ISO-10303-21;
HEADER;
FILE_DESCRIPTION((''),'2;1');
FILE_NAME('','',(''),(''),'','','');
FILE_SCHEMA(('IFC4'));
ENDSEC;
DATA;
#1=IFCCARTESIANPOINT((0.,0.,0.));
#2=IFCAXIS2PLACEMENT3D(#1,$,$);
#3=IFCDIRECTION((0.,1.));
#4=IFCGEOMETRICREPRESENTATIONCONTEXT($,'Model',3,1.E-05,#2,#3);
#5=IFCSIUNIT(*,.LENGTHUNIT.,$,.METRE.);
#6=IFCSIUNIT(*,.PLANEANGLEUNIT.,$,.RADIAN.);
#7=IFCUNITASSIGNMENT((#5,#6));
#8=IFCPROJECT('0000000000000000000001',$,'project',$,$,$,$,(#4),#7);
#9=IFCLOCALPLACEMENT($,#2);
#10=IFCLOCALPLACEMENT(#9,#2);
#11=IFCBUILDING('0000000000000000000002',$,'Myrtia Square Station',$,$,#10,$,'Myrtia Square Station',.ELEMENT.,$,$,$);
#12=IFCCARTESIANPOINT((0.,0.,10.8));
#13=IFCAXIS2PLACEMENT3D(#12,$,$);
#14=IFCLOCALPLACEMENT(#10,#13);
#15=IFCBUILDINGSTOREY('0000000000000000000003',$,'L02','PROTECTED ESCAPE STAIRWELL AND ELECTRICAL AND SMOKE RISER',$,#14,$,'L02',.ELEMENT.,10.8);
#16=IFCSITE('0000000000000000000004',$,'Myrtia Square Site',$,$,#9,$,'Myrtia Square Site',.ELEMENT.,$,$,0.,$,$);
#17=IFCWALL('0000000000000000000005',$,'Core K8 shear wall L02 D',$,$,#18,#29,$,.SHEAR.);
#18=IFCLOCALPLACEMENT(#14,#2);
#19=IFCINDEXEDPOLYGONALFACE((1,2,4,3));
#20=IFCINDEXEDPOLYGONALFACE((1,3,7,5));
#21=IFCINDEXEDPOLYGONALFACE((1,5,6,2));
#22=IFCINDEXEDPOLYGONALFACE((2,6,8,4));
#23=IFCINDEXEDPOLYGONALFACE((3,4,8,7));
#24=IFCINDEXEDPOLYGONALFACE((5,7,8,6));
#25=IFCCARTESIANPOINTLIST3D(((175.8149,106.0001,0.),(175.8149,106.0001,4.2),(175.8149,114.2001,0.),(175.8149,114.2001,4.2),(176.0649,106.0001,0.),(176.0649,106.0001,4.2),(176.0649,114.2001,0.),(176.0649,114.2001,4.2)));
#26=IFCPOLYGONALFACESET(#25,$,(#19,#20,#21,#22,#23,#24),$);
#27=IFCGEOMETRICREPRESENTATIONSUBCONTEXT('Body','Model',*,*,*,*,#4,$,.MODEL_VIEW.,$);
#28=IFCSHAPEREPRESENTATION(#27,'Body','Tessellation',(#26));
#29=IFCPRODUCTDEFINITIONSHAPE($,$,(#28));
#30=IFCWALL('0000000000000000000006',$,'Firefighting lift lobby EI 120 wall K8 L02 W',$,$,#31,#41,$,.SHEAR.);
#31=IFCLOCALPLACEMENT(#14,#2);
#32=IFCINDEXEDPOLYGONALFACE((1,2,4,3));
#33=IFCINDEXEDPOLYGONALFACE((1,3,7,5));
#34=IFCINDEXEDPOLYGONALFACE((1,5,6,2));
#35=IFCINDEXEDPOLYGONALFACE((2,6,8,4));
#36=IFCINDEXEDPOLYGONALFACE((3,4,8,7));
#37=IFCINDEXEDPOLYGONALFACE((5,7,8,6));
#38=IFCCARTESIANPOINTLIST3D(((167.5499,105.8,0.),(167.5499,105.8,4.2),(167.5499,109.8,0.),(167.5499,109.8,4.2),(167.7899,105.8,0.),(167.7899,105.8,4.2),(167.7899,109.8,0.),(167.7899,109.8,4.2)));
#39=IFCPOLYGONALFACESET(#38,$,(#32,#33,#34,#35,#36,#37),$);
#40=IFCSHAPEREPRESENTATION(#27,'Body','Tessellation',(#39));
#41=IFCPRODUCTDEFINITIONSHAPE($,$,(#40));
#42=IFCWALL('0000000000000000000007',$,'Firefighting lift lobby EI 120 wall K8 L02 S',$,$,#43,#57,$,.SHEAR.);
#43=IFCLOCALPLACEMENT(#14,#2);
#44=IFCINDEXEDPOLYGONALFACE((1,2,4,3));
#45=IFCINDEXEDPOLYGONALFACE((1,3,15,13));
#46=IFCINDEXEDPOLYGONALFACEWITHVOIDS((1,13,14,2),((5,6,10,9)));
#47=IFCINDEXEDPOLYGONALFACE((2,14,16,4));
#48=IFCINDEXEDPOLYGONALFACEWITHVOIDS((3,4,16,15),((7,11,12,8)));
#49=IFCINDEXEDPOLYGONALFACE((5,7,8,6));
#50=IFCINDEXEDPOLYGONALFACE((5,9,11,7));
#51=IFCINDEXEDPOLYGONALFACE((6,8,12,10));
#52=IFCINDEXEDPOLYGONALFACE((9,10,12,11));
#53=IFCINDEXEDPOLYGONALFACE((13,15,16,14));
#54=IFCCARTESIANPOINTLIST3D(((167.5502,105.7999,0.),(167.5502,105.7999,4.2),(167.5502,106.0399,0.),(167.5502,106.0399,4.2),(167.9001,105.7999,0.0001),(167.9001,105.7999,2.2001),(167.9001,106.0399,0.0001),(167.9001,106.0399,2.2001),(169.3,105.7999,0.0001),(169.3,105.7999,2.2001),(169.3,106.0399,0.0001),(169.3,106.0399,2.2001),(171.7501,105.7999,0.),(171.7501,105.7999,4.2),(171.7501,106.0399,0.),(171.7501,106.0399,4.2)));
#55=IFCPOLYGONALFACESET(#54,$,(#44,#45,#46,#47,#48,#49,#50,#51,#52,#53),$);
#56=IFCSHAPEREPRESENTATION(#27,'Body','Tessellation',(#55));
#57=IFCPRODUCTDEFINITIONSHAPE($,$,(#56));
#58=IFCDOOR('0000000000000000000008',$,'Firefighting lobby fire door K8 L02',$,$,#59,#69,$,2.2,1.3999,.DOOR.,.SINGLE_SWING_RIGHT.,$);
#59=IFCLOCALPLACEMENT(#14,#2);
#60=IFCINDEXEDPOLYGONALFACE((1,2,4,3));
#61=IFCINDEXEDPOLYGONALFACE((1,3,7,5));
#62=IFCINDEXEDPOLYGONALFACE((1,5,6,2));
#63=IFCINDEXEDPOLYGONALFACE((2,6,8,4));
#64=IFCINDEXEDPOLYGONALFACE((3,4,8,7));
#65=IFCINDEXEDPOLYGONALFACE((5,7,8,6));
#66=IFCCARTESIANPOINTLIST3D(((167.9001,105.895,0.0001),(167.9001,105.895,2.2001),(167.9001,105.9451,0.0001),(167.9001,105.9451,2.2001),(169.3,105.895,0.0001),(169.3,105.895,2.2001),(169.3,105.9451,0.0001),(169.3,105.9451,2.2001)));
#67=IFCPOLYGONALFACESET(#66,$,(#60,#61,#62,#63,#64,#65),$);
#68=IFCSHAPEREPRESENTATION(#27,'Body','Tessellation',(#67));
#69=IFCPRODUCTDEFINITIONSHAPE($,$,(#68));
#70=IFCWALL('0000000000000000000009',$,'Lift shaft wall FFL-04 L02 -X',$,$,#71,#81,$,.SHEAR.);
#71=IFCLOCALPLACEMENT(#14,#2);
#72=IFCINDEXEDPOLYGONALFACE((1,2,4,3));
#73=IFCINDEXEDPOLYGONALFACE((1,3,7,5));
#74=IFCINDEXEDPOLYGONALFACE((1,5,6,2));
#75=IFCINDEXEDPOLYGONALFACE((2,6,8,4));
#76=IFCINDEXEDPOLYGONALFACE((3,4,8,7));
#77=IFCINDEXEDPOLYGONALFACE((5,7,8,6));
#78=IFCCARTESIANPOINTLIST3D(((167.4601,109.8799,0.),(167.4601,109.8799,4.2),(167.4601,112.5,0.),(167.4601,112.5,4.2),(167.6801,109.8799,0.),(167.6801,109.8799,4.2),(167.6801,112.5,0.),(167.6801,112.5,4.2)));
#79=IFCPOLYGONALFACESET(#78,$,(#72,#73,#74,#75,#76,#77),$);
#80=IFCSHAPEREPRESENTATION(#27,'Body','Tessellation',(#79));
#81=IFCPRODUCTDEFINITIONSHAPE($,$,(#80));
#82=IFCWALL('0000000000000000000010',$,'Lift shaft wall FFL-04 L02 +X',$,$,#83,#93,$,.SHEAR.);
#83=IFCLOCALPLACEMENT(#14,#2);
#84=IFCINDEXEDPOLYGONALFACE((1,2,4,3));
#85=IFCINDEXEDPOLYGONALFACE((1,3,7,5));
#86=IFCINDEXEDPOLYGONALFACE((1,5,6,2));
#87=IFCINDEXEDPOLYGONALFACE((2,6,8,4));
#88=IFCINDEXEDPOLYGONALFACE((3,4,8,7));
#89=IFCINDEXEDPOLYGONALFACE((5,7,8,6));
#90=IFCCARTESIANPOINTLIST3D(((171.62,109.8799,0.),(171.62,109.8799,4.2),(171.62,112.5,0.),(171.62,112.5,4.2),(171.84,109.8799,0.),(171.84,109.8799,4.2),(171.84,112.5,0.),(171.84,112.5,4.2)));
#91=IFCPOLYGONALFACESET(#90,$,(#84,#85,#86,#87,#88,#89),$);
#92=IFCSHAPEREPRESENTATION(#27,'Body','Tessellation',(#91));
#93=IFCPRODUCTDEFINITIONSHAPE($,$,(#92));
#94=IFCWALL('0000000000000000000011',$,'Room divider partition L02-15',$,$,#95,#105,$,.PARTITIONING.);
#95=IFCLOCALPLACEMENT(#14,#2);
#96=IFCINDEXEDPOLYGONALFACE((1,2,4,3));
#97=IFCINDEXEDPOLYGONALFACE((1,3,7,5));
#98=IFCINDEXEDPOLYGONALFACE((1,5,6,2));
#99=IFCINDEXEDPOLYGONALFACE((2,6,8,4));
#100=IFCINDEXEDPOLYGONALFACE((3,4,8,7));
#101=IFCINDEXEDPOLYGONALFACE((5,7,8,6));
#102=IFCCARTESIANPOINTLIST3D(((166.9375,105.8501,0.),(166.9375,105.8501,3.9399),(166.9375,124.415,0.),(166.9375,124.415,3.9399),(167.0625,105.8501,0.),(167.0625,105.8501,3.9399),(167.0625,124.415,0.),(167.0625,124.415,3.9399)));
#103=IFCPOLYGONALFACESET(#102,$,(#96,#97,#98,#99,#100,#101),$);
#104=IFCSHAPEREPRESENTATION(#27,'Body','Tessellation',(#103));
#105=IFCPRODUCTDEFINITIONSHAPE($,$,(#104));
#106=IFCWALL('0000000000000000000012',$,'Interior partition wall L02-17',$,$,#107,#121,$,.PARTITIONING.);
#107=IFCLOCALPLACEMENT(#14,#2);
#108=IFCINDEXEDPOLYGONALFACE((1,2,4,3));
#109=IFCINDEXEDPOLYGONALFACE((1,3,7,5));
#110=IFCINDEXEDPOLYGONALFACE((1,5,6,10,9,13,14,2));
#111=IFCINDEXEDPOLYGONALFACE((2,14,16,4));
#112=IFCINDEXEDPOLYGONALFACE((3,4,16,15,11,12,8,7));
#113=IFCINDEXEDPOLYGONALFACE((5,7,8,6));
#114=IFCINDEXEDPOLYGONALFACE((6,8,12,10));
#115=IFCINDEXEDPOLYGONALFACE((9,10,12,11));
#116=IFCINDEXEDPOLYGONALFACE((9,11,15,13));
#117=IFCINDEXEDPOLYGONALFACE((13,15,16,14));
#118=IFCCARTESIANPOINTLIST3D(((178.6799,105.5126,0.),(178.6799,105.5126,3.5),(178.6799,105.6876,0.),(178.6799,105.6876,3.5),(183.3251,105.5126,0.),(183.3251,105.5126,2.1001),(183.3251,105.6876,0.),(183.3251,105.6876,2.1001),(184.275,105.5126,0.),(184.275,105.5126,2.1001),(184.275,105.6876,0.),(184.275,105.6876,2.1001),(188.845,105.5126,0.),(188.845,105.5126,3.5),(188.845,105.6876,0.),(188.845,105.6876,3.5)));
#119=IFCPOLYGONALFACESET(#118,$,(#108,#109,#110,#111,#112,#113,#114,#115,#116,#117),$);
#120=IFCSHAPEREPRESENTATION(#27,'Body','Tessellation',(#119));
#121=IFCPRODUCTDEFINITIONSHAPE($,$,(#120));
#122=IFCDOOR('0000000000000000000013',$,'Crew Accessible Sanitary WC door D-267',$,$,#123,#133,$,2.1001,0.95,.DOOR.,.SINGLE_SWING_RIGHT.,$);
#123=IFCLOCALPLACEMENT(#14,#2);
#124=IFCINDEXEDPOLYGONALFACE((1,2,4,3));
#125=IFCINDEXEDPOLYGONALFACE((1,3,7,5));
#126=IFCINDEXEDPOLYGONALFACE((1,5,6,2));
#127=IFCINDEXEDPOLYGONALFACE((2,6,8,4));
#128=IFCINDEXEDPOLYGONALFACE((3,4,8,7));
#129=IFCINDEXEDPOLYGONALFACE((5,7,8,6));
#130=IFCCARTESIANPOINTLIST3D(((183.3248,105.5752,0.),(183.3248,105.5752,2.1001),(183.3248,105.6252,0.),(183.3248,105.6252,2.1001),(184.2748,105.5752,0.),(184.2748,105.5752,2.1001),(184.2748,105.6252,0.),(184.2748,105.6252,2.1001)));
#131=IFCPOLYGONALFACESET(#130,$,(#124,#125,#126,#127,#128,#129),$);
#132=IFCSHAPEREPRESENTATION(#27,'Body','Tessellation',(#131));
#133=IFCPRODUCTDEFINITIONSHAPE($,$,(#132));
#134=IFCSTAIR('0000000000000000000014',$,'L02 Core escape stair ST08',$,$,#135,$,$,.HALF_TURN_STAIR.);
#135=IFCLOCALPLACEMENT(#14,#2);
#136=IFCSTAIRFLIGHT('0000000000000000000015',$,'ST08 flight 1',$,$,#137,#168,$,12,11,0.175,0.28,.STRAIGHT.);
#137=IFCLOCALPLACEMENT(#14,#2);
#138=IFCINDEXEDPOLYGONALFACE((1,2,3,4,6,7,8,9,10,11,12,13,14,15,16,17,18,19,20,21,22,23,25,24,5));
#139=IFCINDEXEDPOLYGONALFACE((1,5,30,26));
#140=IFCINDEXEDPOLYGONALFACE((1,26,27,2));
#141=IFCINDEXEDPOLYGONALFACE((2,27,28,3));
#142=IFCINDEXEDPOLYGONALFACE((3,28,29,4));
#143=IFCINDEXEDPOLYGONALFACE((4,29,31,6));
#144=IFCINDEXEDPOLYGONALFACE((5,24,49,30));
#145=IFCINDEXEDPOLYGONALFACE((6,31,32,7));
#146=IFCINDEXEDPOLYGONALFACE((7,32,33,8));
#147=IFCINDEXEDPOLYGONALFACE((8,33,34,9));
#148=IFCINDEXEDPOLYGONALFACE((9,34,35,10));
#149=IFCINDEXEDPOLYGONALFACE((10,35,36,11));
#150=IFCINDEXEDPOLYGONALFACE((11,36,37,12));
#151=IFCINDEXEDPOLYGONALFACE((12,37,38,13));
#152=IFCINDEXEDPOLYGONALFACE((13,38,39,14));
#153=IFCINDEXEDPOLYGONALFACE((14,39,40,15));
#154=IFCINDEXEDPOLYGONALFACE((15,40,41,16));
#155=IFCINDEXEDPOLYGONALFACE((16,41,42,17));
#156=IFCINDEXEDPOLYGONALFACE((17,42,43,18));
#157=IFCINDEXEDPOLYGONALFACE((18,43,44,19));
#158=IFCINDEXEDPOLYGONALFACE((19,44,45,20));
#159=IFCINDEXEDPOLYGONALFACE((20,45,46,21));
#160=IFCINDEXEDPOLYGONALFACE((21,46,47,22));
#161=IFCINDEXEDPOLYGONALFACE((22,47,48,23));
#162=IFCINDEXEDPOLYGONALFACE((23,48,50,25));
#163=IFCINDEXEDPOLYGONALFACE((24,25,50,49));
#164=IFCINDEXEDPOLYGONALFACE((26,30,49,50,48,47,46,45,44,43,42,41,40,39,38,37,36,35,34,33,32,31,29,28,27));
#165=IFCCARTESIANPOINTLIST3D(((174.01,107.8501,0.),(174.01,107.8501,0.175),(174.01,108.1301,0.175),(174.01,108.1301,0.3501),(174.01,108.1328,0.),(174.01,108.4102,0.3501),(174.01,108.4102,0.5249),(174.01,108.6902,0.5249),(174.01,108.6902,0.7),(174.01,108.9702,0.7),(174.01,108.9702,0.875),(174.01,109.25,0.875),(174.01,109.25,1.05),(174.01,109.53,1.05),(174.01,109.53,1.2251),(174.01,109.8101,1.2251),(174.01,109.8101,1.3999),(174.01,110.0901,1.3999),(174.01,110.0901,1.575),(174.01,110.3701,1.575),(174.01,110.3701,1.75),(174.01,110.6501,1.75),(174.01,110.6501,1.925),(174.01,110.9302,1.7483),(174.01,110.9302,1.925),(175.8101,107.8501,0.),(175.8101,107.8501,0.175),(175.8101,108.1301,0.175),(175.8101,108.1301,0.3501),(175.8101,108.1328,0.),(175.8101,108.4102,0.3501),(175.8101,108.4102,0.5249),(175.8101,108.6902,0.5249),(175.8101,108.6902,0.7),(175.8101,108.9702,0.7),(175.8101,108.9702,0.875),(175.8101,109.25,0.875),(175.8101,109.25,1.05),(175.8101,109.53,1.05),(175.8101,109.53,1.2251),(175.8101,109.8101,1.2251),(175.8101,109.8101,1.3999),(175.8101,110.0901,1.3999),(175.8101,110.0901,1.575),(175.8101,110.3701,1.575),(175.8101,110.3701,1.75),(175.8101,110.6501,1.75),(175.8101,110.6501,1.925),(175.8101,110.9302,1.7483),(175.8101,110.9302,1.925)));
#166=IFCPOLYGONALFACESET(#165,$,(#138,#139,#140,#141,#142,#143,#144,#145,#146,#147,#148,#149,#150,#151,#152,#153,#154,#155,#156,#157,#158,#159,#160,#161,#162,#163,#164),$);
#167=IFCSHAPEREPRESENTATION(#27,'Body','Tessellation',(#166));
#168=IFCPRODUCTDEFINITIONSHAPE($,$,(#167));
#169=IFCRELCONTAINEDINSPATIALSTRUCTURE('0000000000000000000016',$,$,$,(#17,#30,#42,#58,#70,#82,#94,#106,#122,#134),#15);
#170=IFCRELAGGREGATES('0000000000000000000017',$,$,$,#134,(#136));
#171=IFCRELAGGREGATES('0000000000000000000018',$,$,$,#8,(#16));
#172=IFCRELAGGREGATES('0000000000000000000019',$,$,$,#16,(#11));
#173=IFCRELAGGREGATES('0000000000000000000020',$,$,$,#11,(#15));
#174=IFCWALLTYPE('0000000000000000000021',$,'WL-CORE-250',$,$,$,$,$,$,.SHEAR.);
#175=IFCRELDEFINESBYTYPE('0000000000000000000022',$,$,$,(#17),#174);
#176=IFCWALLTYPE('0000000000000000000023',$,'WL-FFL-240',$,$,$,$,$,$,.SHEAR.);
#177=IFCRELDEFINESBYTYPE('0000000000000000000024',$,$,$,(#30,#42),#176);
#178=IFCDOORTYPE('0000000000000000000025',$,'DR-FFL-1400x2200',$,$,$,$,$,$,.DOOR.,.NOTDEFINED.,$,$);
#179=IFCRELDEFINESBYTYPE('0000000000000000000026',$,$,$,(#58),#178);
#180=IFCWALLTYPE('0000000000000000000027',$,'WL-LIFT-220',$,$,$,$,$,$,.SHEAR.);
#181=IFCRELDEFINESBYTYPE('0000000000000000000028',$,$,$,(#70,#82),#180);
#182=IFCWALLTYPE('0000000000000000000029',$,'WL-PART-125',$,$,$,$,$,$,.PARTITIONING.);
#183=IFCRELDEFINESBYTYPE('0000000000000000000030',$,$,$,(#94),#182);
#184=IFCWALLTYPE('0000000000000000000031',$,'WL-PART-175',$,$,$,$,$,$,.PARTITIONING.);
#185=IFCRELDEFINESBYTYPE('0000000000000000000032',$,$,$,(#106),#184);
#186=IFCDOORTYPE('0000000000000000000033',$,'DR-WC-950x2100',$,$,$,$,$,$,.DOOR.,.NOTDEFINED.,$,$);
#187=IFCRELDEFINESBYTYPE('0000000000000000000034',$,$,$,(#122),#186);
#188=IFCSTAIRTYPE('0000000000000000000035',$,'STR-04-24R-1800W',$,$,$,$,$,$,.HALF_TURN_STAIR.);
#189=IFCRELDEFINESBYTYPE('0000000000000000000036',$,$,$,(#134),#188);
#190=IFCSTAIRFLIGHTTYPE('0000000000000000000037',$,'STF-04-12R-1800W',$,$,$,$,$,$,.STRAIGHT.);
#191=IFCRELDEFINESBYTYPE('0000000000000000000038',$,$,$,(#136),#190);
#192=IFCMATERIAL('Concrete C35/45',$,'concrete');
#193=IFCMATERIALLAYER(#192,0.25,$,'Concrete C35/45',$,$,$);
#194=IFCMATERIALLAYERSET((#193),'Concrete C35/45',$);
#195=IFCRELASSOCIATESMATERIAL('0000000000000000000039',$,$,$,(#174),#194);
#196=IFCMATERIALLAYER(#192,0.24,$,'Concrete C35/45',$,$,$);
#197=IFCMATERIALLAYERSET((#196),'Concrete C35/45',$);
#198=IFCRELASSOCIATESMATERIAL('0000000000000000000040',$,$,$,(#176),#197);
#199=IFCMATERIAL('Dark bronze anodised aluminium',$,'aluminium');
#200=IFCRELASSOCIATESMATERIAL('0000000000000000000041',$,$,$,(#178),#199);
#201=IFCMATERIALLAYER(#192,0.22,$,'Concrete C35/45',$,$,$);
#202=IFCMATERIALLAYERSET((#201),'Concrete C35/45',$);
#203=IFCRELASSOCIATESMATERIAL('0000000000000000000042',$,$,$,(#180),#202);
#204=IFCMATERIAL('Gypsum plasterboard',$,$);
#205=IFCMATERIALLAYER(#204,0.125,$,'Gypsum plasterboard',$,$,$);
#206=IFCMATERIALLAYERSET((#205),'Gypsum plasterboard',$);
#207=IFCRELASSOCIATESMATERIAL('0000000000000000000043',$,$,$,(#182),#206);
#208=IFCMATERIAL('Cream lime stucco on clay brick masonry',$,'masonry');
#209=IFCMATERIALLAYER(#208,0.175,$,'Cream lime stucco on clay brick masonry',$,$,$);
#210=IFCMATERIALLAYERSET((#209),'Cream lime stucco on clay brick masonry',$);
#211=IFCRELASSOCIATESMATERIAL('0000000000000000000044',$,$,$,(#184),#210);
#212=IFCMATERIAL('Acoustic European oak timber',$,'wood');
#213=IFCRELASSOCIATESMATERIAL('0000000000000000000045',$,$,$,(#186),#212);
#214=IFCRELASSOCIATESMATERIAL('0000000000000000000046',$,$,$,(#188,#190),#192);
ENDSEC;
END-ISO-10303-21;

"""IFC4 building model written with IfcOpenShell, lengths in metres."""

from ifc_helpers import new_model, si_unit, direction, frame, frame_2d, origin, place, context, subcontext, project, spatial, polyline, rectangle, outline, extrude, material, layer, layer_set, type_object, element, fill, aggregate, save


model = new_model("IFC4")

# Units and contexts
model_context = context("Model", 3, precision=1e-05, world=origin(), true_north=direction((0.0, 1.0)))
body_context = subcontext(model_context, "Body", "Model", "MODEL_VIEW")
ifc_project = project(units=[si_unit("LENGTHUNIT", "METRE"), si_unit("PLANEANGLEUNIT", "RADIAN")], contexts=[model_context])

# Site, building, storey
site_placement = place(None, origin())
site = spatial("IfcSite", under=ifc_project, at=site_placement, Name="Myrtia Square Site", LongName="Myrtia Square Site", CompositionType="ELEMENT", RefElevation=0.0)
building_placement = place(site_placement, origin())
building = spatial("IfcBuilding", under=site, at=building_placement, Name="Myrtia Square Station", LongName="Myrtia Square Station", CompositionType="ELEMENT")
storey_placement = place(building_placement, frame((0.0, 0.0, 10.8)))
storey = spatial("IfcBuildingStorey", under=building, at=storey_placement, Name="L02", Description="PROTECTED ESCAPE STAIRWELL AND ELECTRICAL AND SMOKE RISER", LongName="L02", CompositionType="ELEMENT", Elevation=10.8)

# Shared definitions
ifc_material_1 = material(Name="Concrete C35/45", Category="concrete")
ifc_layer_1 = layer(ifc_material_1, 0.25, Name="Concrete C35/45")
ifc_layer_set_1 = layer_set([ifc_layer_1], Name="Concrete C35/45")
wall_type_1 = type_object("IfcWallType", Name="WL-CORE-250", PredefinedType="SHEAR", material=ifc_layer_set_1)

# Shared definitions
ifc_material_2 = material(Name="Dark bronze anodised aluminium", Category="aluminium")

# Walls
wall_1_placement = place(storey_placement, frame((175.9399, 106.0, 0.0), z_axis=(0.0, 0.0, 1.0), x_axis=(0.0, 1.0, 0.0)))
element("IfcWall", 1, at=wall_1_placement, inside=storey, type_object=wall_type_1, Name="Core K8 shear wall L02 D", PredefinedType="SHEAR", context=body_context, shape_type="SweptSolid", body=[
    extrude(rectangle(XDim=8.2, YDim=0.25, at=frame_2d((4.1001, 0.0))), origin(), (0.0, 0.0, 1.0), 4.2),
])
ifc_layer_2 = layer(ifc_material_1, 0.24, Name="Concrete C35/45")
ifc_layer_set_2 = layer_set([ifc_layer_2], Name="Concrete C35/45")
wall_type_2 = type_object("IfcWallType", Name="WL-FFL-240", PredefinedType="SHEAR", material=ifc_layer_set_2)
wall_2_placement = place(storey_placement, frame((167.6699, 105.8, 0.0), z_axis=(0.0, 0.0, 1.0), x_axis=(0.0, 1.0, 0.0)))
element("IfcWall", 2, at=wall_2_placement, inside=storey, type_object=wall_type_2, Name="Firefighting lift lobby EI 120 wall K8 L02 W", PredefinedType="SHEAR", context=body_context, shape_type="SweptSolid", body=[
    extrude(rectangle(XDim=4.0, YDim=0.24, at=frame_2d((2.0, 0.0))), origin(), (0.0, 0.0, 1.0), 4.2),
])

# Wall, opening, door
wall_3_placement = place(storey_placement, frame((167.55, 105.9199, 0.0), z_axis=(0.0, 0.0, 1.0), x_axis=(1.0, 0.0, 0.0)))
wall_3 = element("IfcWall", 3, at=wall_3_placement, inside=storey, type_object=wall_type_2, Name="Firefighting lift lobby EI 120 wall K8 L02 S", PredefinedType="SHEAR", context=body_context, shape_type="SweptSolid", body=[
    extrude(rectangle(XDim=4.2, YDim=0.24, at=frame_2d((2.1001, 0.0))), origin(), (0.0, 0.0, 1.0), 4.2),
])
opening_1_placement = place(wall_3_placement, frame((0.3501, 0.0, 0.0)))
opening_1 = element("IfcOpeningElement", 4, at=opening_1_placement, cuts=wall_3, PredefinedType="OPENING", context=body_context, shape_type="SweptSolid", body=[
    extrude(rectangle(XDim=1.3999, YDim=2.2, at=frame_2d((0.7, 1.1001))), frame((0.0, 0.135, 0.0), z_axis=(0.0, -1.0, 0.0), x_axis=(1.0, 0.0, 0.0)), (0.0, 0.0, 1.0), 0.27),
])
door_type_1 = type_object("IfcDoorType", Name="DR-FFL-1400x2200", OperationType="NOTDEFINED", PredefinedType="DOOR", material=ifc_material_2)
door_1_placement = place(opening_1_placement, frame((1.3999, 0.0, 0.0), z_axis=(0.0, 0.0, 1.0), x_axis=(-1.0, 0.0, 0.0)))
door_1 = element("IfcDoor", 5, at=door_1_placement, inside=storey, type_object=door_type_1, Name="Firefighting lobby fire door K8 L02", OperationType="SINGLE_SWING_RIGHT", OverallHeight=2.2, OverallWidth=1.3999, PredefinedType="DOOR", context=body_context, shape_type="SweptSolid", body=[
    extrude(rectangle(XDim=1.3999, YDim=2.2, at=frame_2d((0.7, 1.1001))), frame((0.0, 0.0249, 0.0), z_axis=(0.0, -1.0, 0.0), x_axis=(1.0, 0.0, 0.0)), (0.0, 0.0, 1.0), 0.05),
])
fill(opening_1, door_1)
ifc_layer_3 = layer(ifc_material_1, 0.22, Name="Concrete C35/45")
ifc_layer_set_3 = layer_set([ifc_layer_3], Name="Concrete C35/45")
wall_type_3 = type_object("IfcWallType", Name="WL-LIFT-220", PredefinedType="SHEAR", material=ifc_layer_set_3)

# Walls
for number, where, z_axis, x_axis, name in (
    (6, (167.5701, 109.8799, 0.0), (0.0, 0.0, 1.0), (0.0, 1.0, 0.0), "Lift shaft wall FFL-04 L02 -X"),
    (7, (171.73, 109.8799, 0.0), (0.0, 0.0, 1.0), (0.0, 1.0, 0.0), "Lift shaft wall FFL-04 L02 +X"),
):
    element("IfcWall", number, at=place(storey_placement, frame(where, z_axis=z_axis, x_axis=x_axis)), inside=storey, type_object=wall_type_3, Name=name, PredefinedType="SHEAR", context=body_context, shape_type="SweptSolid", body=[
        extrude(rectangle(XDim=2.6201, YDim=0.22, at=frame_2d((1.3101, 0.0))), origin(), (0.0, 0.0, 1.0), 4.2),
    ])
ifc_material_3 = material(Name="Gypsum plasterboard")
ifc_layer_4 = layer(ifc_material_3, 0.125, Name="Gypsum plasterboard")
ifc_layer_set_4 = layer_set([ifc_layer_4], Name="Gypsum plasterboard")
wall_type_4 = type_object("IfcWallType", Name="WL-PART-125", PredefinedType="PARTITIONING", material=ifc_layer_set_4)
wall_4_placement = place(storey_placement, frame((167.0, 105.8501, 0.0), z_axis=(0.0, 0.0, 1.0), x_axis=(0.0, 1.0, 0.0)))
element("IfcWall", 8, at=wall_4_placement, inside=storey, type_object=wall_type_4, Name="Room divider partition L02-15", PredefinedType="PARTITIONING", context=body_context, shape_type="SweptSolid", body=[
    extrude(rectangle(XDim=18.5649, YDim=0.125, at=frame_2d((9.2825, 0.0))), origin(), (0.0, 0.0, 1.0), 3.9399),
])

# Wall, opening, door
ifc_material_4 = material(Name="Cream lime stucco on clay brick masonry", Category="masonry")
ifc_layer_5 = layer(ifc_material_4, 0.175, Name="Cream lime stucco on clay brick masonry")
ifc_layer_set_5 = layer_set([ifc_layer_5], Name="Cream lime stucco on clay brick masonry")
wall_type_5 = type_object("IfcWallType", Name="WL-PART-175", PredefinedType="PARTITIONING", material=ifc_layer_set_5)
wall_5_placement = place(storey_placement, frame((178.6799, 105.6001, 0.0), z_axis=(0.0, 0.0, 1.0), x_axis=(1.0, 0.0, 0.0)))
wall_5 = element("IfcWall", 9, at=wall_5_placement, inside=storey, type_object=wall_type_5, Name="Interior partition wall L02-17", PredefinedType="PARTITIONING", context=body_context, shape_type="SweptSolid", body=[
    extrude(rectangle(XDim=10.165, YDim=0.175, at=frame_2d((5.0825, 0.0))), origin(), (0.0, 0.0, 1.0), 3.5),
])
opening_2_placement = place(wall_5_placement, frame((4.645, 0.0, 0.0)))
opening_2 = element("IfcOpeningElement", 10, at=opening_2_placement, cuts=wall_5, PredefinedType="OPENING", context=body_context, shape_type="SweptSolid", body=[
    extrude(rectangle(XDim=0.95, YDim=2.1001, at=frame_2d((0.4751, 1.05))), frame((0.0, 0.1025, 0.0), z_axis=(0.0, -1.0, 0.0), x_axis=(1.0, 0.0, 0.0)), (0.0, 0.0, 1.0), 0.2051),
])
ifc_material_5 = material(Name="Acoustic European oak timber", Category="wood")
door_type_2 = type_object("IfcDoorType", Name="DR-WC-950x2100", OperationType="NOTDEFINED", PredefinedType="DOOR", material=ifc_material_5)
door_2_placement = place(opening_2_placement, frame((0.95, 0.0, 0.0), z_axis=(0.0, 0.0, 1.0), x_axis=(-1.0, 0.0, 0.0)))
door_2 = element("IfcDoor", 11, at=door_2_placement, inside=storey, type_object=door_type_2, Name="Crew Accessible Sanitary WC door D-267", OperationType="SINGLE_SWING_RIGHT", OverallHeight=2.1001, OverallWidth=0.95, PredefinedType="DOOR", context=body_context, shape_type="SweptSolid", body=[
    extrude(rectangle(XDim=0.95, YDim=2.1001, at=frame_2d((0.4751, 1.05))), frame((0.0, 0.0249, 0.0), z_axis=(0.0, -1.0, 0.0), x_axis=(1.0, 0.0, 0.0)), (0.0, 0.0, 1.0), 0.05),
])
fill(opening_2, door_2)

# Stair, stair flight
stair_type = type_object("IfcStairType", Name="STR-04-24R-1800W", PredefinedType="HALF_TURN_STAIR", material=ifc_material_1)
stair_placement = place(storey_placement, origin())
stair = element("IfcStair", 12, at=stair_placement, inside=storey, type_object=stair_type, Name="L02 Core escape stair ST08", PredefinedType="HALF_TURN_STAIR")
stair_flight_type = type_object("IfcStairFlightType", Name="STF-04-12R-1800W", PredefinedType="STRAIGHT", material=ifc_material_1)
stair_flight_1_placement = place(storey_placement, frame((174.9099, 107.8501, 0.0), z_axis=(0.0, 0.0, 1.0), x_axis=(0.0, 1.0, 0.0)))
stair_flight_1 = element("IfcStairFlight", 13, at=stair_flight_1_placement, type_object=stair_flight_type, Name="ST08 flight 1", NumberOfRisers=12, NumberOfTreads=11, PredefinedType="STRAIGHT", RiserHeight=0.175, TreadLength=0.28, context=body_context, shape_type="SweptSolid", body=[
    extrude(outline(polyline([(0.0, 0.0), (0.0, 0.175), (0.28, 0.175), (0.28, 0.3501), (0.5601, 0.3501), (0.5601, 0.5249), (0.8401, 0.5249), (0.8401, 0.7), (1.1201, 0.7), (1.1201, 0.875), (1.3999, 0.875), (1.3999, 1.05), (1.6799, 1.05), (1.6799, 1.2251), (1.96, 1.2251), (1.96, 1.3999), (2.24, 1.3999), (2.24, 1.575), (2.52, 1.575), (2.52, 1.75), (2.8, 1.75), (2.8, 1.925), (3.0801, 1.925), (3.0801, 2.1001), (3.0801, 1.7483), (0.2827, 0.0), (0.0, 0.0)])), frame((0.0, 0.8999, 0.0), z_axis=(0.0, -1.0, 0.0), x_axis=(1.0, 0.0, 0.0)), (0.0, 0.0, 1.0), 1.8),
])
aggregate(stair, [stair_flight_1])

save(model, "model.ifc")
